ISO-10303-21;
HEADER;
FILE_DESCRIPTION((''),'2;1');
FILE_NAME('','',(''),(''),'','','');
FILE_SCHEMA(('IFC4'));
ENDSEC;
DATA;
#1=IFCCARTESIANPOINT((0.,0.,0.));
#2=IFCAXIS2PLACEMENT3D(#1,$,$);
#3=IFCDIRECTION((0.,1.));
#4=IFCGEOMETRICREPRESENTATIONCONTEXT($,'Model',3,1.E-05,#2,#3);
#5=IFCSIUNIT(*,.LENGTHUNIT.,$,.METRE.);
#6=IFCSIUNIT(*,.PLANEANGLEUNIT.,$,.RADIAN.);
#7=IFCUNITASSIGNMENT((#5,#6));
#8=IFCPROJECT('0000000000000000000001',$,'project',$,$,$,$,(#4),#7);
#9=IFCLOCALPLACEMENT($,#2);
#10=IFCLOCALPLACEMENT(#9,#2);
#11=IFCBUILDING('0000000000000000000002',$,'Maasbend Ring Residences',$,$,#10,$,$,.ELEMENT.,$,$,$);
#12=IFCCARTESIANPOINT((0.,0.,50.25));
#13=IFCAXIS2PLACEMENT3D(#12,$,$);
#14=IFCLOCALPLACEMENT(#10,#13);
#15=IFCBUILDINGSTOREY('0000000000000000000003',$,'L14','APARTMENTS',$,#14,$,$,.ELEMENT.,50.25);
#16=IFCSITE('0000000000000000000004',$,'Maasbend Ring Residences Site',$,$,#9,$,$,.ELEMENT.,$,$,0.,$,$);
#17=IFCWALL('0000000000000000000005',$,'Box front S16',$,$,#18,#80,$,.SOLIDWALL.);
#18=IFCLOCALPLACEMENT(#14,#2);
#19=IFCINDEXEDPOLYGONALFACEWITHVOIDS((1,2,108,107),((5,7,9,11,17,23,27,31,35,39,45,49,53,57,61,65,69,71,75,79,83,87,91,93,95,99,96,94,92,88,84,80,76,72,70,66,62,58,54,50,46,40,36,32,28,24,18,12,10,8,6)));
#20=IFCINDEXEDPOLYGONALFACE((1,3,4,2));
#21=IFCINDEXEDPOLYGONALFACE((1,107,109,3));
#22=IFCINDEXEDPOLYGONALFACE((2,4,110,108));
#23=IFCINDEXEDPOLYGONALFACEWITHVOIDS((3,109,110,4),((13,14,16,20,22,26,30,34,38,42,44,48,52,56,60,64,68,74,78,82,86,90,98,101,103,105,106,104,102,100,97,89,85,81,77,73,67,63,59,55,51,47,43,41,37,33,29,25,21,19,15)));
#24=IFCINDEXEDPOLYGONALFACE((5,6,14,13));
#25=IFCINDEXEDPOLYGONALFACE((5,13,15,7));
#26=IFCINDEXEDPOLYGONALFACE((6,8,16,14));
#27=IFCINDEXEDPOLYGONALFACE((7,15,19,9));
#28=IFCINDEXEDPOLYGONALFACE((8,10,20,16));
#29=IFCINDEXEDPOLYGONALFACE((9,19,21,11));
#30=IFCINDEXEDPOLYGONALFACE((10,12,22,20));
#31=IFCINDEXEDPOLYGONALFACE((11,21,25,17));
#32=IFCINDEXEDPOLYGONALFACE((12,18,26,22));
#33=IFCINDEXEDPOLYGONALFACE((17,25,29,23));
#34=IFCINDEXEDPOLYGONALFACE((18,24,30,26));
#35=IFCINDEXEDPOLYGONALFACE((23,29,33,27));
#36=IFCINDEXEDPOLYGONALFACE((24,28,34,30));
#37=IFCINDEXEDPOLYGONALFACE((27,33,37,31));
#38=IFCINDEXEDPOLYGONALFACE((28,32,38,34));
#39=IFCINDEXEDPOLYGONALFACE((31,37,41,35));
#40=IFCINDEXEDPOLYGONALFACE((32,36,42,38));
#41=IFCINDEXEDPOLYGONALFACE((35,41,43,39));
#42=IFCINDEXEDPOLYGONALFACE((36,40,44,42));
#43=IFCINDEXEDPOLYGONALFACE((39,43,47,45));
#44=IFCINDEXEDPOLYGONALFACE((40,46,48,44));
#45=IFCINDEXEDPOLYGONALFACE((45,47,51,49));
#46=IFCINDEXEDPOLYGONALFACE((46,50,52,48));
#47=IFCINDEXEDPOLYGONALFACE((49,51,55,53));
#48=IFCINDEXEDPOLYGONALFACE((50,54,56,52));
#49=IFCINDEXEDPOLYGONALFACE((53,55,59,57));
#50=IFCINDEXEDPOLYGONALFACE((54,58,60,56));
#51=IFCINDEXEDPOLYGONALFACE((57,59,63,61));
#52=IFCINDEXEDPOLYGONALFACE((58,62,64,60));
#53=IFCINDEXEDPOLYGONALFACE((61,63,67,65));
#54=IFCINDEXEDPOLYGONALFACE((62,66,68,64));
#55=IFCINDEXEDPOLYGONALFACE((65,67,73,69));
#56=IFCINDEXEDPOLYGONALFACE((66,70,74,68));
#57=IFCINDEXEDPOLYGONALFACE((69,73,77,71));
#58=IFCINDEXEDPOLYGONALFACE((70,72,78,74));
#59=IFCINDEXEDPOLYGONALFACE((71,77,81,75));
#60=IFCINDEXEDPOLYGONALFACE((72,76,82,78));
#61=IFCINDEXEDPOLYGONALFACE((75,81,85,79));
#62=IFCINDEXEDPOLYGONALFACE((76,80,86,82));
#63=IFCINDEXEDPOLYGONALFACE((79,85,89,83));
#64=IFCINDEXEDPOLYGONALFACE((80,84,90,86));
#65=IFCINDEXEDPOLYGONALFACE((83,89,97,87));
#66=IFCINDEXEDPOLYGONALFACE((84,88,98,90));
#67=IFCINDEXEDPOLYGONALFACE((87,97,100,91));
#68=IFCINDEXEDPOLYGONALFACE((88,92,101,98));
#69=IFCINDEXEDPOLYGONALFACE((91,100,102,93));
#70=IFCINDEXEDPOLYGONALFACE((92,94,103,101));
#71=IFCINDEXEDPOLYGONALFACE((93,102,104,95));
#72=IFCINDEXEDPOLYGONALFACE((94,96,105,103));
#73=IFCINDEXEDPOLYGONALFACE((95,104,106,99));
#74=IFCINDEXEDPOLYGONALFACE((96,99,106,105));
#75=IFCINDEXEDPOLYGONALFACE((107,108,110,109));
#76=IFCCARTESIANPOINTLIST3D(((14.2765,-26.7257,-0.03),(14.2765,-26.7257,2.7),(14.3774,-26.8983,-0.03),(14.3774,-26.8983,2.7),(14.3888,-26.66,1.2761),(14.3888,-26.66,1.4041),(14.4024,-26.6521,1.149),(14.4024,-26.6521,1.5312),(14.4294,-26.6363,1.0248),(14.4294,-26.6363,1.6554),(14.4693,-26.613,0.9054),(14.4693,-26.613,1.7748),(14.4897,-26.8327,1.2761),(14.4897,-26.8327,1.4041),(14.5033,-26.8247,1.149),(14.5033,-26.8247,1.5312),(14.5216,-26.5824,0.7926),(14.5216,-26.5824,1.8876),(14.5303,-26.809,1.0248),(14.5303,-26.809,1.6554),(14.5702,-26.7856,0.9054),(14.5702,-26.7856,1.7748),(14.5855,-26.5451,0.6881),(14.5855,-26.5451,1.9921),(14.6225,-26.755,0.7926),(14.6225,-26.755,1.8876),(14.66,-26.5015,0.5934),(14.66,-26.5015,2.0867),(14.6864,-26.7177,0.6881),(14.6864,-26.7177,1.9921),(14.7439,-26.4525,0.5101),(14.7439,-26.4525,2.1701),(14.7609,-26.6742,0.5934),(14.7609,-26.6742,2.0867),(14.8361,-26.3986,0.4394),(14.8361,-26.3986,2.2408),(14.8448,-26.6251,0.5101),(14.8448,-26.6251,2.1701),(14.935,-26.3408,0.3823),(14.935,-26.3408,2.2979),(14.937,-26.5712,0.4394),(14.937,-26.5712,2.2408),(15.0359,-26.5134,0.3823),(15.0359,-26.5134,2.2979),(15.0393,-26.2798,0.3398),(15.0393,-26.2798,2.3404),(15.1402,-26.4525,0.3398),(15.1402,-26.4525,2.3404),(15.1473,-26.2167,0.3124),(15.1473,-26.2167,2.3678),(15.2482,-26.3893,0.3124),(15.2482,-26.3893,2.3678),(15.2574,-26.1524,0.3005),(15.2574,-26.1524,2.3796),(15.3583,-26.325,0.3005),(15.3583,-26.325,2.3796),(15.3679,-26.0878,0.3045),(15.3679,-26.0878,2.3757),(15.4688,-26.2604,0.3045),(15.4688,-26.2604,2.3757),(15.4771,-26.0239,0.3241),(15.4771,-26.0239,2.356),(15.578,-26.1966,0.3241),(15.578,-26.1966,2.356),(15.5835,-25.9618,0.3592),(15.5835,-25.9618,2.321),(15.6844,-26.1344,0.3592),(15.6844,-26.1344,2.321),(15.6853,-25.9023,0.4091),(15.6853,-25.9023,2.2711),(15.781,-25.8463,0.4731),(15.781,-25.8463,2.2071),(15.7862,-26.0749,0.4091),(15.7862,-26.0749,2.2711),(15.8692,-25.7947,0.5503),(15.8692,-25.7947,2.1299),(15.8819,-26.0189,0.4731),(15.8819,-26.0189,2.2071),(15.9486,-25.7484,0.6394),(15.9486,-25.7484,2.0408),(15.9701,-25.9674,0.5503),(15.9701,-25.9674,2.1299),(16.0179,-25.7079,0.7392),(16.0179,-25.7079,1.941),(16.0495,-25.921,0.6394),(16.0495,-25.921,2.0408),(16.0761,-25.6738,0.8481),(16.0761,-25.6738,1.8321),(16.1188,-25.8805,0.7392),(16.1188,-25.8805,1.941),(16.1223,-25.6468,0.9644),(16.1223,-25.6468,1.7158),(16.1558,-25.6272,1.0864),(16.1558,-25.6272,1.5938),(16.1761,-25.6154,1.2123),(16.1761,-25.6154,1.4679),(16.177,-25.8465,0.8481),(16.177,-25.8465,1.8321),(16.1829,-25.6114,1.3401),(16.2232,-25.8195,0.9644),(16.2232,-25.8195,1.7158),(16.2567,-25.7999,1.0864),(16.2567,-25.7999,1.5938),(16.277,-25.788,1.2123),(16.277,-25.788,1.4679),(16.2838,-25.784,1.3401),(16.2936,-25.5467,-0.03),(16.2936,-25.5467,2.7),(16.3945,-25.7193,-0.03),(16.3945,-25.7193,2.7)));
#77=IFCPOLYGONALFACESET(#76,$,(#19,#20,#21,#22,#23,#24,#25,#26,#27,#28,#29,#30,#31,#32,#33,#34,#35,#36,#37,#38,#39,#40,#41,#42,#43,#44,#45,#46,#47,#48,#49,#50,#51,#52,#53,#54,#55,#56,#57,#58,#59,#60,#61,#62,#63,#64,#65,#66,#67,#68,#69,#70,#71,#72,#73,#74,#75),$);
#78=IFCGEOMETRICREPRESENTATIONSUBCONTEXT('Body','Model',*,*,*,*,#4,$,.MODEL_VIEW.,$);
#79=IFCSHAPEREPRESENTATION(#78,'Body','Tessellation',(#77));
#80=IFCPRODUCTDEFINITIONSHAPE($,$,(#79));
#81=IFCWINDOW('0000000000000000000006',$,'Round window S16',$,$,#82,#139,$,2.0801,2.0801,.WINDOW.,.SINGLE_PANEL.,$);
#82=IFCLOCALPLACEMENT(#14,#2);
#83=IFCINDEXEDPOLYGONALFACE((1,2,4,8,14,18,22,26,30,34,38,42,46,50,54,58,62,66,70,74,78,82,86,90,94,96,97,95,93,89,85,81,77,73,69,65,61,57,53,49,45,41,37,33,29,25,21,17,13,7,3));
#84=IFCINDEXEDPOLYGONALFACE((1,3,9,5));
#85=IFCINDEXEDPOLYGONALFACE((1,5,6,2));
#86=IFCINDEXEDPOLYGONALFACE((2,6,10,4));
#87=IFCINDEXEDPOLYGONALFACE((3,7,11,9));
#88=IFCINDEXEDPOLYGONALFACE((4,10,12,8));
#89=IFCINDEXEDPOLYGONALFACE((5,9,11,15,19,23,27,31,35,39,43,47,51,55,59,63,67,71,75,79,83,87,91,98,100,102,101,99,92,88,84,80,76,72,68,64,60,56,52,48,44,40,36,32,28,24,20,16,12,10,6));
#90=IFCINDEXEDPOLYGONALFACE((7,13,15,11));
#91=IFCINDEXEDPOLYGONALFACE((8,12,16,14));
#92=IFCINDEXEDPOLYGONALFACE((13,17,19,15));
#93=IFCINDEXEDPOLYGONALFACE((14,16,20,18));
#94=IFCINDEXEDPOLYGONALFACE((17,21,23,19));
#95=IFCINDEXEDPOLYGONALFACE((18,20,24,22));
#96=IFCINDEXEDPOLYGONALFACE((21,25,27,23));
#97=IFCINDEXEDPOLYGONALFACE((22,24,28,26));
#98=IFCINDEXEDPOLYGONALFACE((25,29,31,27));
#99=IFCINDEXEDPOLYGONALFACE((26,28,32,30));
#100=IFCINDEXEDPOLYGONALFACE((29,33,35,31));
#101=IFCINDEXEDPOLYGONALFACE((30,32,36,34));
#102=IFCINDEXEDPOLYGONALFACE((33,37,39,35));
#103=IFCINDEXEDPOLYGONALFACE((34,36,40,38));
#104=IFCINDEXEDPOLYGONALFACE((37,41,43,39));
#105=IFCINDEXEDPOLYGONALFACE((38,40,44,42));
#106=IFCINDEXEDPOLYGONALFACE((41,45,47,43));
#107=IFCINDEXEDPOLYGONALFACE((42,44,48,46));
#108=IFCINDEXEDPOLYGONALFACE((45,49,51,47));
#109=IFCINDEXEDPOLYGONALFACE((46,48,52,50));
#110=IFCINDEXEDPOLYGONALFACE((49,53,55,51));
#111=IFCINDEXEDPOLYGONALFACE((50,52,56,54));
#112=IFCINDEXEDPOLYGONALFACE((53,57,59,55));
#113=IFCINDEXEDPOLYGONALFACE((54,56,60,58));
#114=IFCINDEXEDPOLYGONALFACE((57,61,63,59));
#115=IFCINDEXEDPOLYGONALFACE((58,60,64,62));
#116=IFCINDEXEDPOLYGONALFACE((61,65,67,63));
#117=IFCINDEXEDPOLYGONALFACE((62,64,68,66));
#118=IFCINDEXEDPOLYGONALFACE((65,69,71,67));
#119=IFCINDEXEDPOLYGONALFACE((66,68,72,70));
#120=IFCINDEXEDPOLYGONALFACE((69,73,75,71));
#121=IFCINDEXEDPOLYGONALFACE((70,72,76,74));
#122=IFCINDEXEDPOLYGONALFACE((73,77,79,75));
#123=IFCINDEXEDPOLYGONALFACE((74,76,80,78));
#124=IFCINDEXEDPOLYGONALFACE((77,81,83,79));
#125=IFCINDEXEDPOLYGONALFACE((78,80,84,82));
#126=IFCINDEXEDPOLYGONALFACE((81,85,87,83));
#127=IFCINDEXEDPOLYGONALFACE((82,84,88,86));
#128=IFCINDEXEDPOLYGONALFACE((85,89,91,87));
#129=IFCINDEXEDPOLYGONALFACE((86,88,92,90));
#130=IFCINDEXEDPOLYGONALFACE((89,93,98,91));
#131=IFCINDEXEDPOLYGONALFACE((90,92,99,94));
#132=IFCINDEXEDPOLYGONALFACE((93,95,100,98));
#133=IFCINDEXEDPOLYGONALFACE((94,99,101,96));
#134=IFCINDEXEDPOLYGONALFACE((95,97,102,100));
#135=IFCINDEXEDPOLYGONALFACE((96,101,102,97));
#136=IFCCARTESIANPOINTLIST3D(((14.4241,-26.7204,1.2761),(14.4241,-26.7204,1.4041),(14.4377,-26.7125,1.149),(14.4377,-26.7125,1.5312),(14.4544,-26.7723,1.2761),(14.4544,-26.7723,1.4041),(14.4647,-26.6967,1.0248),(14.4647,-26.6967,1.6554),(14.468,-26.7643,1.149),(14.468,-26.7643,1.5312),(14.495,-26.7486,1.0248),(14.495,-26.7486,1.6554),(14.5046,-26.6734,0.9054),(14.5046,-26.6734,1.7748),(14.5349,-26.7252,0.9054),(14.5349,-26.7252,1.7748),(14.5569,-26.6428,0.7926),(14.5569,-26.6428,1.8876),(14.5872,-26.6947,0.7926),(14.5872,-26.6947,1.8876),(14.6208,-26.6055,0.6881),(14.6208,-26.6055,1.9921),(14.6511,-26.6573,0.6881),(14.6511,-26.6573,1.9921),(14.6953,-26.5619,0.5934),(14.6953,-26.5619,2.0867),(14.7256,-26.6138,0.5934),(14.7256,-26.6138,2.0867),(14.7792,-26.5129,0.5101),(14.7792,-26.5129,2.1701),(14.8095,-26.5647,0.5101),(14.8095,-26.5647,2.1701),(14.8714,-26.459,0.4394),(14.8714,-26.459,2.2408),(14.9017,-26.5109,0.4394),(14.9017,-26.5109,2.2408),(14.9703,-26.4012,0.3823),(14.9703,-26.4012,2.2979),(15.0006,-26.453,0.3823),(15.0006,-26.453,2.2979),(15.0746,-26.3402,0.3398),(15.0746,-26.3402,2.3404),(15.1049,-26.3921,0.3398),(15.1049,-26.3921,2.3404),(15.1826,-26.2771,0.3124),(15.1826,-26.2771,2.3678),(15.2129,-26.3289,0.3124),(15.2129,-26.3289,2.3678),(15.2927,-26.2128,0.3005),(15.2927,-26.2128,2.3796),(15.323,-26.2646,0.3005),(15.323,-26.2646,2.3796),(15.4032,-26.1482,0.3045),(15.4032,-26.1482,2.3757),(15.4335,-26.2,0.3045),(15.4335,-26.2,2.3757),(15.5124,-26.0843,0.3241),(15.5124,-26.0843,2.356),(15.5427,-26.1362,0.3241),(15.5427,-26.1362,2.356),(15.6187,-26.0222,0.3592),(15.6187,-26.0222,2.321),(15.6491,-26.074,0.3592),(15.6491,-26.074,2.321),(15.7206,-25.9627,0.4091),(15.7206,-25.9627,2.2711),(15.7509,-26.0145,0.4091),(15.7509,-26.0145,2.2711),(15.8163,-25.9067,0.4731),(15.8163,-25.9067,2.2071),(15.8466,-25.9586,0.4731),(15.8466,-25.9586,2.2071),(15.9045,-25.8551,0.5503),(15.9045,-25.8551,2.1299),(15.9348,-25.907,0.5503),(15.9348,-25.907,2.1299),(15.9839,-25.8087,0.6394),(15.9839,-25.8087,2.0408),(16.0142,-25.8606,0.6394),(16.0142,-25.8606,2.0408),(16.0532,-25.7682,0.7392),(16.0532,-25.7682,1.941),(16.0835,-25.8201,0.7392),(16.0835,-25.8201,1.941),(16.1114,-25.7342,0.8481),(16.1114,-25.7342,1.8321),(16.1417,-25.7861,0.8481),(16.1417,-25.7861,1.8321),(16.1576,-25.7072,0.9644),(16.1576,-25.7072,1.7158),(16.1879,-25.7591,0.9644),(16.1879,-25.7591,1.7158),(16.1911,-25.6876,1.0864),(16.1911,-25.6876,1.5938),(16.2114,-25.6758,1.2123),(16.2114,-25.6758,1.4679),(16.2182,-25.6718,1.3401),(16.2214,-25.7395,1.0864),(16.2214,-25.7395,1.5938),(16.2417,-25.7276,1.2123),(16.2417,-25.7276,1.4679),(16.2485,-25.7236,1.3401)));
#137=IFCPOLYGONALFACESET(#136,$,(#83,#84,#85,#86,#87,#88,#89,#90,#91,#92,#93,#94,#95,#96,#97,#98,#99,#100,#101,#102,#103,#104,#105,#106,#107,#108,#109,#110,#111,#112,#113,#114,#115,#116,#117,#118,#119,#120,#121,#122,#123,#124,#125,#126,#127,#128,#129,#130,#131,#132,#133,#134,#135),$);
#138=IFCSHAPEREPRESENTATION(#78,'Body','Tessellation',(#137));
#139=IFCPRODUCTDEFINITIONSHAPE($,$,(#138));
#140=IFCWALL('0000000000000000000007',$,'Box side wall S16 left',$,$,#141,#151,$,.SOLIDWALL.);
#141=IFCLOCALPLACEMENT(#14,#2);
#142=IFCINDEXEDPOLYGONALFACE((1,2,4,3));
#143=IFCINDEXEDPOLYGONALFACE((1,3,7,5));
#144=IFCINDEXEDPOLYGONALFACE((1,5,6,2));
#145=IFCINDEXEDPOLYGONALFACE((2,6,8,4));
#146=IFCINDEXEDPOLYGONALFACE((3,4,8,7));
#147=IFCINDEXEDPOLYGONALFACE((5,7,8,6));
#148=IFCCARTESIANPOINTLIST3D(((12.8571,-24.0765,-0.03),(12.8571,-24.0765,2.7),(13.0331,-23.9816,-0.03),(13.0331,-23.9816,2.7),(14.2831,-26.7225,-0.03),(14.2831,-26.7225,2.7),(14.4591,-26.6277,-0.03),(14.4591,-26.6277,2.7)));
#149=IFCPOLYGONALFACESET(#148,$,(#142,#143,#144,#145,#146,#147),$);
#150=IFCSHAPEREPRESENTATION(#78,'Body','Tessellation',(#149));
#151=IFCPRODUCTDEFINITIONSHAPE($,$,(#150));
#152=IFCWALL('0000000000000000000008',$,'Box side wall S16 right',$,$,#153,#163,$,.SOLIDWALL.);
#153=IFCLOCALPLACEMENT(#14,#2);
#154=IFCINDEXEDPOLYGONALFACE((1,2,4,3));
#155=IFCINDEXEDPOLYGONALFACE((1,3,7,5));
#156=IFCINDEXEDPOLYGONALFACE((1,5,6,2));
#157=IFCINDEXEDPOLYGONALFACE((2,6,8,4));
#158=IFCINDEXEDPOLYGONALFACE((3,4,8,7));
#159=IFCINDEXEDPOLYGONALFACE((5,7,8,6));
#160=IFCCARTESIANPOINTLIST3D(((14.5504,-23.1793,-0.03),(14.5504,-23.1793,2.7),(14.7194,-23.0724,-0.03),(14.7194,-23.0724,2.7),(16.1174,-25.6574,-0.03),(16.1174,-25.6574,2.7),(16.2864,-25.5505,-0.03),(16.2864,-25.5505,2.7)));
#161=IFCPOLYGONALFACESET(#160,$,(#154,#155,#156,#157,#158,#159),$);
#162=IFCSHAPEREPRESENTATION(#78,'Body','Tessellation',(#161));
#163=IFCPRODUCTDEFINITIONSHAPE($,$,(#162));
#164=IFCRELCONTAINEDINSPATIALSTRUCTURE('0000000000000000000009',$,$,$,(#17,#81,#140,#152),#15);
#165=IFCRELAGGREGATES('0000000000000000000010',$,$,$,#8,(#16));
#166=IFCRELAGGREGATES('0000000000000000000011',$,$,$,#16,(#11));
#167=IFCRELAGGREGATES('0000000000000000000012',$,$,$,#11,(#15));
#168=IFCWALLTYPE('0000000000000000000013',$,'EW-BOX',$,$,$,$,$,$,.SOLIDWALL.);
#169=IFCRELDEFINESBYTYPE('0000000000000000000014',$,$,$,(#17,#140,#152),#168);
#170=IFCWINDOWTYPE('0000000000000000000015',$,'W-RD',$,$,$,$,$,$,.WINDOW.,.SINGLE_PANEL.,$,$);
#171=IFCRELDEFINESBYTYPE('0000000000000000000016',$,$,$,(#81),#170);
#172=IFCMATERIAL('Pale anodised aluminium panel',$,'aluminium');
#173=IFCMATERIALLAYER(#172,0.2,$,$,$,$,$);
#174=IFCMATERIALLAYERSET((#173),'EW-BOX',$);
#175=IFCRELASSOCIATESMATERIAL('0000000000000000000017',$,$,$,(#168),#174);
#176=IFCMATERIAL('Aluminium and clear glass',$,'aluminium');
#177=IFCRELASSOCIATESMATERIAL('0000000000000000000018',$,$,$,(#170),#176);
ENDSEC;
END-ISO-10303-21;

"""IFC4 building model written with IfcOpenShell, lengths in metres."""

from ifc_helpers import new_model, si_unit, direction, frame, frame_2d, origin, place, context, subcontext, project, spatial, rectangle, circle, extrude, material, layer, layer_set, type_object, element, fill, save


model = new_model("IFC4")

# Units and contexts
model_context = context("Model", 3, precision=1e-05, world=origin(), true_north=direction((0.0, 1.0)))
body_context = subcontext(model_context, "Body", "Model", "MODEL_VIEW")
ifc_project = project(units=[si_unit("LENGTHUNIT", "METRE"), si_unit("PLANEANGLEUNIT", "RADIAN")], contexts=[model_context])

# Site, building, storey
site_placement = place(None, origin())
site = spatial("IfcSite", under=ifc_project, at=site_placement, Name="Maasbend Ring Residences Site", CompositionType="ELEMENT", RefElevation=0.0)
building_placement = place(site_placement, origin())
building = spatial("IfcBuilding", under=site, at=building_placement, Name="Maasbend Ring Residences", CompositionType="ELEMENT")
storey_placement = place(building_placement, frame((0.0, 0.0, 50.25)))
storey = spatial("IfcBuildingStorey", under=building, at=storey_placement, Name="L14", Description="APARTMENTS", CompositionType="ELEMENT", Elevation=50.25)

# Wall, opening, window
ifc_material_1 = material(Name="Pale anodised aluminium panel", Category="aluminium")
ifc_layer_1 = layer(ifc_material_1, 0.2)
ifc_layer_set_1 = layer_set([ifc_layer_1], Name="EW-BOX")
wall_type_1 = type_object("IfcWallType", Name="EW-BOX", PredefinedType="SOLIDWALL", material=ifc_layer_set_1)
wall_1_placement = place(storey_placement, frame((14.3269, -26.812, -0.03), z_axis=(0.0, 0.0, 1.0), x_axis=(0.863347, 0.504612, 0.0)))
wall_1 = element("IfcWall", 1, at=wall_1_placement, inside=storey, type_object=wall_type_1, Name="Box front S16", PredefinedType="SOLIDWALL", context=body_context, shape_type="SweptSolid", body=[
    extrude(rectangle(XDim=2.3364, YDim=0.2, at=frame_2d((1.1682, 0.0))), origin(), (0.0, 0.0, 1.0), 2.73),
])
opening_1_placement = place(wall_1_placement, frame((0.1282, 0.0, 0.3301)))
opening_1 = element("IfcOpeningElement", 2, at=opening_1_placement, cuts=wall_1, PredefinedType="OPENING", context=body_context, shape_type="SweptSolid", body=[
    extrude(circle(Radius=1.04, at=frame_2d((1.04, 1.04))), frame((0.0, 0.1099, 0.0), z_axis=(0.0, -1.0, 0.0), x_axis=(1.0, 0.0, 0.0)), (0.0, 0.0, 1.0), 0.22),
])
ifc_material_2 = material(Name="Aluminium and clear glass", Category="aluminium")
window_type_1 = type_object("IfcWindowType", Name="W-RD", PartitioningType="SINGLE_PANEL", PredefinedType="WINDOW", material=ifc_material_2)
window_1_placement = place(opening_1_placement, origin())
window_1 = element("IfcWindow", 3, at=window_1_placement, inside=storey, type_object=window_type_1, Name="Round window S16", OverallHeight=2.0801, OverallWidth=2.0801, PartitioningType="SINGLE_PANEL", PredefinedType="WINDOW", context=body_context, shape_type="SweptSolid", body=[
    extrude(circle(Radius=1.04, at=frame_2d((1.04, 1.04))), frame((0.0, 0.03, 0.0), z_axis=(0.0, -1.0, 0.0), x_axis=(1.0, 0.0, 0.0)), (0.0, 0.0, 1.0), 0.0601),
])
fill(opening_1, window_1)

# Walls
wall_2_placement = place(storey_placement, frame((12.9451, -24.0291, -0.03), z_axis=(0.0, 0.0, 1.0), x_axis=(0.474424, -0.880296, 0.0)))
element("IfcWall", 4, at=wall_2_placement, inside=storey, type_object=wall_type_1, Name="Box side wall S16 left", PredefinedType="SOLIDWALL", context=body_context, shape_type="SweptSolid", body=[
    extrude(rectangle(XDim=3.0059, YDim=0.2, at=frame_2d((1.5029, 0.0))), origin(), (0.0, 0.0, 1.0), 2.73),
])
wall_3_placement = place(storey_placement, frame((14.635, -23.126, -0.03), z_axis=(0.0, 0.0, 1.0), x_axis=(0.534438, -0.845208, 0.0)))
element("IfcWall", 5, at=wall_3_placement, inside=storey, type_object=wall_type_1, Name="Box side wall S16 right", PredefinedType="SOLIDWALL", context=body_context, shape_type="SweptSolid", body=[
    extrude(rectangle(XDim=2.9319, YDim=0.2, at=frame_2d((1.4658, 0.0))), origin(), (0.0, 0.0, 1.0), 2.73),
])

save(model, "model.ifc")
